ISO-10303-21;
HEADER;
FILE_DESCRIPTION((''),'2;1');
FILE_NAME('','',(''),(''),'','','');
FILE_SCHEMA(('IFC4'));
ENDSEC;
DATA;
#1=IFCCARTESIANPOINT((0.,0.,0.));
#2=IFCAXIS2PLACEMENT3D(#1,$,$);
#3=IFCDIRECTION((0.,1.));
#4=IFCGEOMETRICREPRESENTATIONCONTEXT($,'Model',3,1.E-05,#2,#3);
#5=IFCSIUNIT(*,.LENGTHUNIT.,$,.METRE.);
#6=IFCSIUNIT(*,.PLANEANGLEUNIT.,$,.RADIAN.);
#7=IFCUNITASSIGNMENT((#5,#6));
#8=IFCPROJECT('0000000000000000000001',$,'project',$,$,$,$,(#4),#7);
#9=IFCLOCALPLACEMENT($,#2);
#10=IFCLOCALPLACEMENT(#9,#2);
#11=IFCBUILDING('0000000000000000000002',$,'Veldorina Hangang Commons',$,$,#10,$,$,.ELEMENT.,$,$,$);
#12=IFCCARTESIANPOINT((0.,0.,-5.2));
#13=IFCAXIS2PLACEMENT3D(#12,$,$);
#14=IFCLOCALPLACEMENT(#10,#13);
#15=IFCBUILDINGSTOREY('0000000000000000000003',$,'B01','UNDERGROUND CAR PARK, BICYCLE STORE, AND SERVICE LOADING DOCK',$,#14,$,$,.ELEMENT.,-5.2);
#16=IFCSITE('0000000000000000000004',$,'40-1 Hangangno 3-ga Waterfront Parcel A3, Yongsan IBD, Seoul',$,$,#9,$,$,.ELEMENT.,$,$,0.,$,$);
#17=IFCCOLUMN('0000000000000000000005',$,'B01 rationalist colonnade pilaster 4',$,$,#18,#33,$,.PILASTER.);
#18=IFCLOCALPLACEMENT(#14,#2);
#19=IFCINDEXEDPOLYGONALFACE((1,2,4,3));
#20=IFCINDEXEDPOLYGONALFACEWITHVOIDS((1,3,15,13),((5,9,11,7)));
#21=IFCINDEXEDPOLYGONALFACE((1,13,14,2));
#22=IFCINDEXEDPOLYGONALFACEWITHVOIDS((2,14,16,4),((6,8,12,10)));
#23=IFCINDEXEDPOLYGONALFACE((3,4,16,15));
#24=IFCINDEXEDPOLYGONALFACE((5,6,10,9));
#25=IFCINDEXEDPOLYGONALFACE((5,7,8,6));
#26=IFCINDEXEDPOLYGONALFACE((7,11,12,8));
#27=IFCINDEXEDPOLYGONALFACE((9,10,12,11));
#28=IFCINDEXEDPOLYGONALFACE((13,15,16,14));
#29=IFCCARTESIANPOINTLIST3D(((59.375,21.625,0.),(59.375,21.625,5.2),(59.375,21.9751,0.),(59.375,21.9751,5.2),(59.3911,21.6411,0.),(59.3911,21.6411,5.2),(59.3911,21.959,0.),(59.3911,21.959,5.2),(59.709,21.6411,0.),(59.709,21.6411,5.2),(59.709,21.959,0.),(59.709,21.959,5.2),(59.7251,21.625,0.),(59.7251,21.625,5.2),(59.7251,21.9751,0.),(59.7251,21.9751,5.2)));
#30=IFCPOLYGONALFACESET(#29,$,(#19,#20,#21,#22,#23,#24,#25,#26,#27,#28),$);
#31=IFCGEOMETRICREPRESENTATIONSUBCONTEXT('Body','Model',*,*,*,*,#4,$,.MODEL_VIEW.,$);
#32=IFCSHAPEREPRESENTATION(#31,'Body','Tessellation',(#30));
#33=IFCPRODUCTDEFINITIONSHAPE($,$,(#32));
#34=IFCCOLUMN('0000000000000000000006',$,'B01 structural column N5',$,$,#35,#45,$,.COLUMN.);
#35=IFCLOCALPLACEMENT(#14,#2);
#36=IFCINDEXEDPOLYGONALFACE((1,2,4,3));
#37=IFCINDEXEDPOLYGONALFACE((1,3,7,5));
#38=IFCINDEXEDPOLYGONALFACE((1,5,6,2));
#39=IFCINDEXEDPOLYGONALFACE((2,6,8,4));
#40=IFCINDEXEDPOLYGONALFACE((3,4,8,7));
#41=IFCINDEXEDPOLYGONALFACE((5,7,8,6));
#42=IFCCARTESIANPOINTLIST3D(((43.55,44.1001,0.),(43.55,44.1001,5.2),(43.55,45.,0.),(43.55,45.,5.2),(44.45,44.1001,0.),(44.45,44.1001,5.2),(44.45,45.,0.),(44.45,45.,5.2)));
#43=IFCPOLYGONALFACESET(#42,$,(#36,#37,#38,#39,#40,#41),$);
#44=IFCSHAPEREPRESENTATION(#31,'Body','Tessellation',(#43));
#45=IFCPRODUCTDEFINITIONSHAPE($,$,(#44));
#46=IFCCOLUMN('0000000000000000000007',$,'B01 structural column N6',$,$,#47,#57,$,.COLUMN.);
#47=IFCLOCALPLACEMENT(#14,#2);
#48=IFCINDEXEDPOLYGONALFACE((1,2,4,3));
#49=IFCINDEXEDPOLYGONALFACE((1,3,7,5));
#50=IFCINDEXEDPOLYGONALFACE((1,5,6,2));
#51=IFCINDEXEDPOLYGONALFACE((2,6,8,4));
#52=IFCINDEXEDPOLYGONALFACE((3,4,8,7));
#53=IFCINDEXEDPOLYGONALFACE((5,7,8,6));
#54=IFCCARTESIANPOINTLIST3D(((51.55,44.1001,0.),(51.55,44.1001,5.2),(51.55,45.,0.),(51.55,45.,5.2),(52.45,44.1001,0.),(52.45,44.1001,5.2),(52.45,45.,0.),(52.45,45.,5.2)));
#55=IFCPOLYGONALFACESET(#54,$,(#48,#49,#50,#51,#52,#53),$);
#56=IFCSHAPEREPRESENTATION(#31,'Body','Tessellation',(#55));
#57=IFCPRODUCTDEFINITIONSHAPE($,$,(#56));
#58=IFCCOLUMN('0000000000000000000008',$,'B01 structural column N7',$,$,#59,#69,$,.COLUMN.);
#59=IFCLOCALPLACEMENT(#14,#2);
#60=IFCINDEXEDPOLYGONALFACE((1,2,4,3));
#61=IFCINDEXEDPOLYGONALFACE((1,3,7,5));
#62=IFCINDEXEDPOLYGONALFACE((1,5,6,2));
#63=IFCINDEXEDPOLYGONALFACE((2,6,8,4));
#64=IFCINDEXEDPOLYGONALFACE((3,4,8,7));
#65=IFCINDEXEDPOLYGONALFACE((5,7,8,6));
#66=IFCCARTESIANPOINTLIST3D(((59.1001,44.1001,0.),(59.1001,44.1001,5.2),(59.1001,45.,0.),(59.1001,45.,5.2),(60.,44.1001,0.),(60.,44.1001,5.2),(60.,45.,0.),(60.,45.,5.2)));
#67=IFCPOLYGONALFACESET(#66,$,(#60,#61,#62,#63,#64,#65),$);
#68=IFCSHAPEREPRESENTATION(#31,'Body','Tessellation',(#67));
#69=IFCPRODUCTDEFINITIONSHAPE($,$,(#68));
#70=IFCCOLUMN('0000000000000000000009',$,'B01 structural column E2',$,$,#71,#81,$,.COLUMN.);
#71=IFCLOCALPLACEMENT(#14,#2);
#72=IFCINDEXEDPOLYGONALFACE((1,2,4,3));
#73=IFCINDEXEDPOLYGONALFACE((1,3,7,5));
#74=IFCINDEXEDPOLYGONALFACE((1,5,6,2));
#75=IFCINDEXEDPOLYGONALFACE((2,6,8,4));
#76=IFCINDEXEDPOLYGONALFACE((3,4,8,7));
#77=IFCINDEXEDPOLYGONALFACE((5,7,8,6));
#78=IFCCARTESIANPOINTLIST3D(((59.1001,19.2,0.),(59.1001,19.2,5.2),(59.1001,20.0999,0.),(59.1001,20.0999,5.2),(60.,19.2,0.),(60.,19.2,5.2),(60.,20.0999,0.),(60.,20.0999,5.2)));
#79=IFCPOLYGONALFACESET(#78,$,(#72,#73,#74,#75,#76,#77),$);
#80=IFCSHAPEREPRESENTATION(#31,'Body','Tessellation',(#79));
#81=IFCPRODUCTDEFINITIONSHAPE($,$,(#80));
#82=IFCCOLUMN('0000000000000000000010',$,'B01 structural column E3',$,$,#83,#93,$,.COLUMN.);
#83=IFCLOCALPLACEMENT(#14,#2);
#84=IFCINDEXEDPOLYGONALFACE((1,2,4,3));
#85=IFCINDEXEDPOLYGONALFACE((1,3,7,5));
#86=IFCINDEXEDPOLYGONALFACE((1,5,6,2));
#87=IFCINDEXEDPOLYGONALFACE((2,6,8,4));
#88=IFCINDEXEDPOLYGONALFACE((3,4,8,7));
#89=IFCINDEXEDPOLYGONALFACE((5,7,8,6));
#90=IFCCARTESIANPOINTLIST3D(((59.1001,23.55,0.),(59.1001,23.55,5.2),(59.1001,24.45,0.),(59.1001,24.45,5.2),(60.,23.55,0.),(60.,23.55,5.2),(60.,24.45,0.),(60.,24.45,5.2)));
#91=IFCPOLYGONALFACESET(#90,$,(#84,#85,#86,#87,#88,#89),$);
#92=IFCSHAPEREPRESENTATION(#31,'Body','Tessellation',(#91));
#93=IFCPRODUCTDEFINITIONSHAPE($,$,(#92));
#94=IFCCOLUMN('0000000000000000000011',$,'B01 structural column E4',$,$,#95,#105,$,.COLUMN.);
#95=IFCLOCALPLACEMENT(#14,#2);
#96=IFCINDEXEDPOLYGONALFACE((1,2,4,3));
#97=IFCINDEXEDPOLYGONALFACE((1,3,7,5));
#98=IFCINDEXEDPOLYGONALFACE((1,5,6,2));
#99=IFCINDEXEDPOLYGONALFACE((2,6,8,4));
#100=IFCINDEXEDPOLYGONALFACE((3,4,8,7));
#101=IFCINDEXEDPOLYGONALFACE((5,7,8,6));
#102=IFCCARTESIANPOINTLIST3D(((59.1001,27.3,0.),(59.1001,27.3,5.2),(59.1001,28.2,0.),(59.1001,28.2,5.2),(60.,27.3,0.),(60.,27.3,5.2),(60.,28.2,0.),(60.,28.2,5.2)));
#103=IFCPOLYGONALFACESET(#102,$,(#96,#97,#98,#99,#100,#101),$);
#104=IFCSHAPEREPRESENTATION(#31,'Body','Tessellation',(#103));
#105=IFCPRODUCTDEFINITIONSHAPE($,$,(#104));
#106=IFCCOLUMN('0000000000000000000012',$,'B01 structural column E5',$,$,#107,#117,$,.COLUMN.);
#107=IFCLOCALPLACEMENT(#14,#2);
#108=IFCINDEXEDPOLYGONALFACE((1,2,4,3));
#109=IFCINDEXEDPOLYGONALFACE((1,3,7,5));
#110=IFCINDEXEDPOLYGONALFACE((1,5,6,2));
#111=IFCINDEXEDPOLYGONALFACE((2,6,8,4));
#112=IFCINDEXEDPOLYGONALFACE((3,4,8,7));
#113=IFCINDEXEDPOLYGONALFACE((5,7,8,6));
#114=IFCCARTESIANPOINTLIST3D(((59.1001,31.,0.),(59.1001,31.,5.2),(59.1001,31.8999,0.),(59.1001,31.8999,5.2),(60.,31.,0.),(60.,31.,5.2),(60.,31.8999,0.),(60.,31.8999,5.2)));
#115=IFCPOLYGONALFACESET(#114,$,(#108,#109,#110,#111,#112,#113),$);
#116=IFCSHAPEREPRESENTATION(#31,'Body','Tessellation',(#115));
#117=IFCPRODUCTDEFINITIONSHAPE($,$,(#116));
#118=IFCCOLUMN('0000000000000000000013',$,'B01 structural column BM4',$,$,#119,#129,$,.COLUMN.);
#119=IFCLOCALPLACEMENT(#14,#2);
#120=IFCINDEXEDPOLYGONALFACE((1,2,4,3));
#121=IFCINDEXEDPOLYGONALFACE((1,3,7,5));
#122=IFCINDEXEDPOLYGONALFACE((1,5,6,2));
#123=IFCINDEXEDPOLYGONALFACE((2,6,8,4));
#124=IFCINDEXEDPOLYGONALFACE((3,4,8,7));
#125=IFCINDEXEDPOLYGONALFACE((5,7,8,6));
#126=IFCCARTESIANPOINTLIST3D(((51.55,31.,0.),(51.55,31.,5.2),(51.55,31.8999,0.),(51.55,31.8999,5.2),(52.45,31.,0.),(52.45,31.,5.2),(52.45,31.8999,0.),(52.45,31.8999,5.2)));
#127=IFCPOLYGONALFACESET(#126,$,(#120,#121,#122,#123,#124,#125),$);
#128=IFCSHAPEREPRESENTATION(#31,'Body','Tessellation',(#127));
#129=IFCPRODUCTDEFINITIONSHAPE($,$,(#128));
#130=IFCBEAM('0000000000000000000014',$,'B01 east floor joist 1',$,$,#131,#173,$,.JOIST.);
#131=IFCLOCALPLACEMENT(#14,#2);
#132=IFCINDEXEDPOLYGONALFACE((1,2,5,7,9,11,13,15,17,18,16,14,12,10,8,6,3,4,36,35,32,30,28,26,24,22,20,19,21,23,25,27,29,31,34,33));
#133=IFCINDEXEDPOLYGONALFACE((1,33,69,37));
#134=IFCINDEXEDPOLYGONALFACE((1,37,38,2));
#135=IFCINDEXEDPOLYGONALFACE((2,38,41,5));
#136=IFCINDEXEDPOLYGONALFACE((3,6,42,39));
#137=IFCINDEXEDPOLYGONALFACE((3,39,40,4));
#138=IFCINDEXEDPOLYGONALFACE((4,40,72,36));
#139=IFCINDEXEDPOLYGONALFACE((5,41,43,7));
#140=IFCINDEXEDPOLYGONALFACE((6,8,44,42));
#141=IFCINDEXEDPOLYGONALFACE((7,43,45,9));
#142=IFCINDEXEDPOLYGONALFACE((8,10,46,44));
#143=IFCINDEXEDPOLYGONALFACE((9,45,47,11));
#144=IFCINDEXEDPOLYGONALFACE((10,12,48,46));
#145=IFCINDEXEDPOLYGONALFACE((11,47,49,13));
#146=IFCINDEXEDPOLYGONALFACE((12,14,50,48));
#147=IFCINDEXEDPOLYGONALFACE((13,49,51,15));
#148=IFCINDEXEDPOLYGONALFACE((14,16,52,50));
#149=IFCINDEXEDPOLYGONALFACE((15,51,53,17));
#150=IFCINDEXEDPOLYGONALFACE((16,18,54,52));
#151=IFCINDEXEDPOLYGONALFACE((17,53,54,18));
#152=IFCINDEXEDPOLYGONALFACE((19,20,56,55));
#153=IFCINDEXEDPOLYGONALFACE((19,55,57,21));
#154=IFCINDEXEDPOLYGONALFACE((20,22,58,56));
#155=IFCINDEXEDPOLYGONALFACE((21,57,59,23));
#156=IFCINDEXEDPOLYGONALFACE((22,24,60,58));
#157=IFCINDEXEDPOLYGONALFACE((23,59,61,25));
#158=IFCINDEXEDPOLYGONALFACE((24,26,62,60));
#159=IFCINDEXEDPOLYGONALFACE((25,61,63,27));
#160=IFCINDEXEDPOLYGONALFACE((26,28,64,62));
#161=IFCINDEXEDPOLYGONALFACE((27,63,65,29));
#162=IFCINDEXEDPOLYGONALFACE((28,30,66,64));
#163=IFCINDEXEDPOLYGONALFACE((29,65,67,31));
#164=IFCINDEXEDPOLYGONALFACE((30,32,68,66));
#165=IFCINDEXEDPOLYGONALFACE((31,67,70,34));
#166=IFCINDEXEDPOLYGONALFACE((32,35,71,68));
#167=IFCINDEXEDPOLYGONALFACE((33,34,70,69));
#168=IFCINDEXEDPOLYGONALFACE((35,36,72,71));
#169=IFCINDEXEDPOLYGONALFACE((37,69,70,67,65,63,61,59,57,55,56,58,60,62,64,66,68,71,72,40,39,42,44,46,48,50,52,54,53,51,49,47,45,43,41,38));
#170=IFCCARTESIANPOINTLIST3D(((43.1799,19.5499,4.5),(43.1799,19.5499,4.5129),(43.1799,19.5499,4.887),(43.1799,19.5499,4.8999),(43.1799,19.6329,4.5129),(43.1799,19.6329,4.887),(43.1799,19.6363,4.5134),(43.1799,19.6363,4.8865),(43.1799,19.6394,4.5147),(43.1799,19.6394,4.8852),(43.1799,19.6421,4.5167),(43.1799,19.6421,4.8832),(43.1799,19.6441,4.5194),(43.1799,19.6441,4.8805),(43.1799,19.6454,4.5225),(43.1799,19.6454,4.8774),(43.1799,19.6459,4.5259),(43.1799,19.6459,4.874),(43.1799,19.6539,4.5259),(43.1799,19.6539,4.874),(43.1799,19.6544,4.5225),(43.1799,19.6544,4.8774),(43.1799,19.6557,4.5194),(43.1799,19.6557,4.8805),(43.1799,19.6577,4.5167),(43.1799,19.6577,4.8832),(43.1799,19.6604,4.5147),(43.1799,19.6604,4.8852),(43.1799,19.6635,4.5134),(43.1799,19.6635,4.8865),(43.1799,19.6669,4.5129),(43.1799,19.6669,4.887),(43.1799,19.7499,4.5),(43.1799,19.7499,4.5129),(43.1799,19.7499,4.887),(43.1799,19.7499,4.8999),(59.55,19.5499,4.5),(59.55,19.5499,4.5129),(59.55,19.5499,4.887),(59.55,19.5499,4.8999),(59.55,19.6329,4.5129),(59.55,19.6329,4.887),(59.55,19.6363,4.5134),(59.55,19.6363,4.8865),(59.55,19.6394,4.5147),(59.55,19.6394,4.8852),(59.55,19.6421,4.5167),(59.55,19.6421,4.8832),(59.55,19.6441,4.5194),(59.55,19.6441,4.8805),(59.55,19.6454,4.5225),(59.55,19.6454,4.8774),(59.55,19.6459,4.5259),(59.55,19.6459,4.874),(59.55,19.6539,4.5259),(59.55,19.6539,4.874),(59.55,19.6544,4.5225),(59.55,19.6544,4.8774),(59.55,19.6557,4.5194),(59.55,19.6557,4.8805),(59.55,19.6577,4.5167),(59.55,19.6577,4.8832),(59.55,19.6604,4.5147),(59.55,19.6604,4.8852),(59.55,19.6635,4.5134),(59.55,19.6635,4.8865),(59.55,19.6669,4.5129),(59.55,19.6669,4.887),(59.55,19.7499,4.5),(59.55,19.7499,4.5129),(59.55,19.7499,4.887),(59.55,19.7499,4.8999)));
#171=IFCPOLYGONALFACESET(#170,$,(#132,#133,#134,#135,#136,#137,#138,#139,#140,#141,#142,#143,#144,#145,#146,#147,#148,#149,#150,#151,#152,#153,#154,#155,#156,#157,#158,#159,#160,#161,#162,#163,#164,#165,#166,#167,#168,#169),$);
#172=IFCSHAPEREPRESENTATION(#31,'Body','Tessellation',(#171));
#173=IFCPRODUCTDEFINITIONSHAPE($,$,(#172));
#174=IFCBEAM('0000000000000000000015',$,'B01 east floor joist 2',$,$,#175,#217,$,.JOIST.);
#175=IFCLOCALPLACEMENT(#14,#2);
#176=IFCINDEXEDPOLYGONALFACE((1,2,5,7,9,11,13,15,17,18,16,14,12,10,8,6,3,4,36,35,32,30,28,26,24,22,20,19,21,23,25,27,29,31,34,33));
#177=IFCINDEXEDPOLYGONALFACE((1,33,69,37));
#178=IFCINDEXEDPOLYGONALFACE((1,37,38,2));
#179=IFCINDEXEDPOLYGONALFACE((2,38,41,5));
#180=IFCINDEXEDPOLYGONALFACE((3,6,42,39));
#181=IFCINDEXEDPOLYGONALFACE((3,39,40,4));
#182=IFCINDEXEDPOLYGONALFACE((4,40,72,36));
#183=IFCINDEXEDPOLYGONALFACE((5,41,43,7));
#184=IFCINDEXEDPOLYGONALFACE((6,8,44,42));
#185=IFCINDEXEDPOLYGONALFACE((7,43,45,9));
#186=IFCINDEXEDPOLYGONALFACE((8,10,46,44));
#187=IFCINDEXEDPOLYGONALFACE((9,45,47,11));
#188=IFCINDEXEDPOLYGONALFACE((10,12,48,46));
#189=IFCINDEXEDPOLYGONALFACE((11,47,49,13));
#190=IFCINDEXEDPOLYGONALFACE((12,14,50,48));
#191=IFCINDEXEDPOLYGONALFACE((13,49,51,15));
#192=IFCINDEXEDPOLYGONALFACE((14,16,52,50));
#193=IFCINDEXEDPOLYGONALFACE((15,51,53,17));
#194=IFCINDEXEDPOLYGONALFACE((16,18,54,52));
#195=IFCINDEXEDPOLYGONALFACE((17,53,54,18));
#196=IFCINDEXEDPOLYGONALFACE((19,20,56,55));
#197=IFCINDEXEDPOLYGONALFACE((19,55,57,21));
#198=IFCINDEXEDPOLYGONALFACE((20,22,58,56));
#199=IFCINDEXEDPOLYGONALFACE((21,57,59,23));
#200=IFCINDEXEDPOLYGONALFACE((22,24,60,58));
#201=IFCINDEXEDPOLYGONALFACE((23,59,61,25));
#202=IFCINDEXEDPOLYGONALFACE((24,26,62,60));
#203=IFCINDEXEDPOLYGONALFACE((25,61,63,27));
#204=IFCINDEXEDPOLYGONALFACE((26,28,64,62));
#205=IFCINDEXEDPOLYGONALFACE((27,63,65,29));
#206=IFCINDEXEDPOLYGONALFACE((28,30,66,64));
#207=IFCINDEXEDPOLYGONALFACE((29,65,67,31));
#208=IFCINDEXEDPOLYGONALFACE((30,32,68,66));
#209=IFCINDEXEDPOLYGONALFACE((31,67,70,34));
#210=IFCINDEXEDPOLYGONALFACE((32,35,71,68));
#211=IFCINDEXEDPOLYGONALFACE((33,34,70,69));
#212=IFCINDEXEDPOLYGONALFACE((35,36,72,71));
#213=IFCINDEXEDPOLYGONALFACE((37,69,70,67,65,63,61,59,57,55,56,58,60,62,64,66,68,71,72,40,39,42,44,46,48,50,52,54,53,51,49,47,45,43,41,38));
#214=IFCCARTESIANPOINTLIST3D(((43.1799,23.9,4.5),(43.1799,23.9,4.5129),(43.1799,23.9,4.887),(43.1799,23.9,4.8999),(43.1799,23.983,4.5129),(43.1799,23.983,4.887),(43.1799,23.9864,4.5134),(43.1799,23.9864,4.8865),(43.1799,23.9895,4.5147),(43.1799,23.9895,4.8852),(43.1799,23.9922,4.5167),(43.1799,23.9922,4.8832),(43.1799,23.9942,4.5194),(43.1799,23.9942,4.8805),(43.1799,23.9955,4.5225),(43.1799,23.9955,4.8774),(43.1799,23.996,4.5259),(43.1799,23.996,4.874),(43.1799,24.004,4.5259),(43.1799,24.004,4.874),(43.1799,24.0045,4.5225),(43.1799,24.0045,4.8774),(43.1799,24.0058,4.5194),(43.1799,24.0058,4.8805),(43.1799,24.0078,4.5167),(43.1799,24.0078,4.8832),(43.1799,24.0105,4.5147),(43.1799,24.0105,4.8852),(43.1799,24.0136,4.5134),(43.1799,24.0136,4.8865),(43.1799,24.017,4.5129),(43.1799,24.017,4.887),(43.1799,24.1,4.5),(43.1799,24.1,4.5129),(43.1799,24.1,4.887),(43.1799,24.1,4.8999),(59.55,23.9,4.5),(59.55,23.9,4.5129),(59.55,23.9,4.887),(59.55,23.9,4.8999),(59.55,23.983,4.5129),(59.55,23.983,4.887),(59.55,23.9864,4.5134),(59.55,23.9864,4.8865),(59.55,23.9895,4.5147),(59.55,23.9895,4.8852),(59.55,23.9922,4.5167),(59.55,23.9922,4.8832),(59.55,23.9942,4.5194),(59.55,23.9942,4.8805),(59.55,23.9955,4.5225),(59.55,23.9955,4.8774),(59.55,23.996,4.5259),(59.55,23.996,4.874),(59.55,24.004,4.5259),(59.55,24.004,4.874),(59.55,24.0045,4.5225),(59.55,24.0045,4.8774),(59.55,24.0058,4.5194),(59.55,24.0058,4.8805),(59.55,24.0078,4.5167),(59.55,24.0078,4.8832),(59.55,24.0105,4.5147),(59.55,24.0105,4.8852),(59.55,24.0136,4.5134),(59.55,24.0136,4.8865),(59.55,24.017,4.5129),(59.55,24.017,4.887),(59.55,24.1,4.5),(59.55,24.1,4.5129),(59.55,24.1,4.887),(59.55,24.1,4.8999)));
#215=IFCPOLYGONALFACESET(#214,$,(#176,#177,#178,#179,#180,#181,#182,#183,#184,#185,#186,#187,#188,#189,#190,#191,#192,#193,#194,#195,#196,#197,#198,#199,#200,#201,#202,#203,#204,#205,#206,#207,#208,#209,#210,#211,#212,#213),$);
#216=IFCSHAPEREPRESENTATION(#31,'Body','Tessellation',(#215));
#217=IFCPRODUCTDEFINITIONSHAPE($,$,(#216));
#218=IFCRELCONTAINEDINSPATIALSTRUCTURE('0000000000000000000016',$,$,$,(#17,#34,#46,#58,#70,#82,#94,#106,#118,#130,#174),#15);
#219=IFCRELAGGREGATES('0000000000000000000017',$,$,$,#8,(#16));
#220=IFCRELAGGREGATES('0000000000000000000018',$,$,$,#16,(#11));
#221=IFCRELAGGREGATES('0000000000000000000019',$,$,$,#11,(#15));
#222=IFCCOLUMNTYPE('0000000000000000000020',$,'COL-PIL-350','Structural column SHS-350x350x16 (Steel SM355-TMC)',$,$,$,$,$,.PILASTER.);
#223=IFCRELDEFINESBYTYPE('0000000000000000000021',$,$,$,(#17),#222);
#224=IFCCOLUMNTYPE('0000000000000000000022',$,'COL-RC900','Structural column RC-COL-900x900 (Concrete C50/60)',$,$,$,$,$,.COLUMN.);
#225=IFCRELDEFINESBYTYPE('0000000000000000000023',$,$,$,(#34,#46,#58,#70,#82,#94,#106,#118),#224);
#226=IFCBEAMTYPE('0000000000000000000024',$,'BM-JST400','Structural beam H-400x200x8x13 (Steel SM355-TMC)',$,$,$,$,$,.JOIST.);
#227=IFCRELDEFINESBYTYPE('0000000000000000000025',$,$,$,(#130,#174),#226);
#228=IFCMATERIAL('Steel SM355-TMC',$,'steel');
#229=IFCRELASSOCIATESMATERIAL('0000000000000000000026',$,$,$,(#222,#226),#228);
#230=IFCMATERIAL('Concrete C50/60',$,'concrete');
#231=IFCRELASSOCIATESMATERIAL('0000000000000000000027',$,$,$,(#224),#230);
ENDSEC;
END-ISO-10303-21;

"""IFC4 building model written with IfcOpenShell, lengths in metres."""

from ifc_helpers import new_model, si_unit, direction, frame, origin, origin_2d, place, context, subcontext, project, spatial, rectangle, hollow_rectangle, i_section, extrude, material, material_profile, profile_set, type_object, element, save


model = new_model("IFC4")

# Units and contexts
model_context = context("Model", 3, precision=1e-05, world=origin(), true_north=direction((0.0, 1.0)))
body_context = subcontext(model_context, "Body", "Model", "MODEL_VIEW")
ifc_project = project(units=[si_unit("LENGTHUNIT", "METRE"), si_unit("PLANEANGLEUNIT", "RADIAN")], contexts=[model_context])

# Site, building, storey
site_placement = place(None, origin())
site = spatial("IfcSite", under=ifc_project, at=site_placement, Name="40-1 Hangangno 3-ga Waterfront Parcel A3, Yongsan IBD, Seoul", CompositionType="ELEMENT", RefElevation=0.0)
building_placement = place(site_placement, origin())
building = spatial("IfcBuilding", under=site, at=building_placement, Name="Veldorina Hangang Commons", CompositionType="ELEMENT")
storey_placement = place(building_placement, frame((0.0, 0.0, -5.2)))
storey = spatial("IfcBuildingStorey", under=building, at=storey_placement, Name="B01", Description="UNDERGROUND CAR PARK, BICYCLE STORE, AND SERVICE LOADING DOCK", CompositionType="ELEMENT", Elevation=-5.2)

# Columns
ifc_material_1 = material(Name="Steel SM355-TMC", Category="steel")
ifc_material_profile_1 = material_profile(ifc_material_1, hollow_rectangle(XDim=0.3501, YDim=0.3501, WallThickness=0.0161, at=origin_2d()), Name="SHS-350x350x16")
ifc_profile_set_1 = profile_set([ifc_material_profile_1], Name="Steel SM355-TMC")
column_type_1 = type_object("IfcColumnType", Name="COL-PIL-350", Description="Structural column SHS-350x350x16 (Steel SM355-TMC)", PredefinedType="PILASTER", material=ifc_profile_set_1)
for number, where, z_axis, x_axis, name in (
    (1, (59.55, 21.8, 0.0), (0.0, 0.0, 1.0), (1.0, 0.0, 0.0), "B01 rationalist colonnade pilaster 4"),
):
    element("IfcColumn", number, at=place(storey_placement, frame(where, z_axis=z_axis, x_axis=x_axis)), inside=storey, type_object=column_type_1, Name=name, PredefinedType="PILASTER", context=body_context, shape_type="SweptSolid", body=[
        extrude(hollow_rectangle(XDim=0.3501, YDim=0.3501, WallThickness=0.0161, at=origin_2d()), origin(), (0.0, 0.0, 1.0), 5.2),
    ])
ifc_material_2 = material(Name="Concrete C50/60", Category="concrete")
ifc_material_profile_2 = material_profile(ifc_material_2, rectangle(XDim=0.8999, YDim=0.8999, at=origin_2d()), Name="RC-COL-900x900")
ifc_profile_set_2 = profile_set([ifc_material_profile_2], Name="Concrete C50/60")
column_type_2 = type_object("IfcColumnType", Name="COL-RC900", Description="Structural column RC-COL-900x900 (Concrete C50/60)", PredefinedType="COLUMN", material=ifc_profile_set_2)
for number, where, z_axis, x_axis, name in (
    (2, (44.0, 44.55, 0.0), (0.0, 0.0, 1.0), (1.0, 0.0, 0.0), "B01 structural column N5"),
    (3, (52.0, 44.55, 0.0), (0.0, 0.0, 1.0), (1.0, 0.0, 0.0), "B01 structural column N6"),
    (4, (59.55, 44.55, 0.0), (0.0, 0.0, 1.0), (1.0, 0.0, 0.0), "B01 structural column N7"),
    (5, (59.55, 19.6499, 0.0), (0.0, 0.0, 1.0), (1.0, 0.0, 0.0), "B01 structural column E2"),
    (6, (59.55, 24.0, 0.0), (0.0, 0.0, 1.0), (1.0, 0.0, 0.0), "B01 structural column E3"),
    (7, (59.55, 27.75, 0.0), (0.0, 0.0, 1.0), (1.0, 0.0, 0.0), "B01 structural column E4"),
    (8, (59.55, 31.45, 0.0), (0.0, 0.0, 1.0), (1.0, 0.0, 0.0), "B01 structural column E5"),
    (9, (52.0, 31.45, 0.0), (0.0, 0.0, 1.0), (1.0, 0.0, 0.0), "B01 structural column BM4"),
):
    element("IfcColumn", number, at=place(storey_placement, frame(where, z_axis=z_axis, x_axis=x_axis)), inside=storey, type_object=column_type_2, Name=name, PredefinedType="COLUMN", context=body_context, shape_type="SweptSolid", body=[
        extrude(rectangle(XDim=0.8999, YDim=0.8999, at=origin_2d()), origin(), (0.0, 0.0, 1.0), 5.2),
    ])

# Beams
ifc_material_profile_3 = material_profile(ifc_material_1, i_section(OverallWidth=0.2, OverallDepth=0.3999, WebThickness=0.0081, FlangeThickness=0.0129, FilletRadius=0.0129, at=origin_2d()), Name="H-400x200x8x13")
ifc_profile_set_3 = profile_set([ifc_material_profile_3], Name="Steel SM355-TMC")
beam_type_1 = type_object("IfcBeamType", Name="BM-JST400", Description="Structural beam H-400x200x8x13 (Steel SM355-TMC)", PredefinedType="JOIST", material=ifc_profile_set_3)
for number, where, z_axis, x_axis, name in (
    (10, (43.1799, 19.6499, 4.7), (1.0, 0.0, 0.0), (0.0, 1.0, 0.0), "B01 east floor joist 1"),
    (11, (43.1799, 24.0, 4.7), (1.0, 0.0, 0.0), (0.0, 1.0, 0.0), "B01 east floor joist 2"),
):
    element("IfcBeam", number, at=place(storey_placement, frame(where, z_axis=z_axis, x_axis=x_axis)), inside=storey, type_object=beam_type_1, Name=name, PredefinedType="JOIST", context=body_context, shape_type="SweptSolid", body=[
        extrude(i_section(OverallWidth=0.2, OverallDepth=0.3999, WebThickness=0.0081, FlangeThickness=0.0129, FilletRadius=0.0129, at=origin_2d()), origin(), (0.0, 0.0, 1.0), 16.3701),
    ])

save(model, "model.ifc")
